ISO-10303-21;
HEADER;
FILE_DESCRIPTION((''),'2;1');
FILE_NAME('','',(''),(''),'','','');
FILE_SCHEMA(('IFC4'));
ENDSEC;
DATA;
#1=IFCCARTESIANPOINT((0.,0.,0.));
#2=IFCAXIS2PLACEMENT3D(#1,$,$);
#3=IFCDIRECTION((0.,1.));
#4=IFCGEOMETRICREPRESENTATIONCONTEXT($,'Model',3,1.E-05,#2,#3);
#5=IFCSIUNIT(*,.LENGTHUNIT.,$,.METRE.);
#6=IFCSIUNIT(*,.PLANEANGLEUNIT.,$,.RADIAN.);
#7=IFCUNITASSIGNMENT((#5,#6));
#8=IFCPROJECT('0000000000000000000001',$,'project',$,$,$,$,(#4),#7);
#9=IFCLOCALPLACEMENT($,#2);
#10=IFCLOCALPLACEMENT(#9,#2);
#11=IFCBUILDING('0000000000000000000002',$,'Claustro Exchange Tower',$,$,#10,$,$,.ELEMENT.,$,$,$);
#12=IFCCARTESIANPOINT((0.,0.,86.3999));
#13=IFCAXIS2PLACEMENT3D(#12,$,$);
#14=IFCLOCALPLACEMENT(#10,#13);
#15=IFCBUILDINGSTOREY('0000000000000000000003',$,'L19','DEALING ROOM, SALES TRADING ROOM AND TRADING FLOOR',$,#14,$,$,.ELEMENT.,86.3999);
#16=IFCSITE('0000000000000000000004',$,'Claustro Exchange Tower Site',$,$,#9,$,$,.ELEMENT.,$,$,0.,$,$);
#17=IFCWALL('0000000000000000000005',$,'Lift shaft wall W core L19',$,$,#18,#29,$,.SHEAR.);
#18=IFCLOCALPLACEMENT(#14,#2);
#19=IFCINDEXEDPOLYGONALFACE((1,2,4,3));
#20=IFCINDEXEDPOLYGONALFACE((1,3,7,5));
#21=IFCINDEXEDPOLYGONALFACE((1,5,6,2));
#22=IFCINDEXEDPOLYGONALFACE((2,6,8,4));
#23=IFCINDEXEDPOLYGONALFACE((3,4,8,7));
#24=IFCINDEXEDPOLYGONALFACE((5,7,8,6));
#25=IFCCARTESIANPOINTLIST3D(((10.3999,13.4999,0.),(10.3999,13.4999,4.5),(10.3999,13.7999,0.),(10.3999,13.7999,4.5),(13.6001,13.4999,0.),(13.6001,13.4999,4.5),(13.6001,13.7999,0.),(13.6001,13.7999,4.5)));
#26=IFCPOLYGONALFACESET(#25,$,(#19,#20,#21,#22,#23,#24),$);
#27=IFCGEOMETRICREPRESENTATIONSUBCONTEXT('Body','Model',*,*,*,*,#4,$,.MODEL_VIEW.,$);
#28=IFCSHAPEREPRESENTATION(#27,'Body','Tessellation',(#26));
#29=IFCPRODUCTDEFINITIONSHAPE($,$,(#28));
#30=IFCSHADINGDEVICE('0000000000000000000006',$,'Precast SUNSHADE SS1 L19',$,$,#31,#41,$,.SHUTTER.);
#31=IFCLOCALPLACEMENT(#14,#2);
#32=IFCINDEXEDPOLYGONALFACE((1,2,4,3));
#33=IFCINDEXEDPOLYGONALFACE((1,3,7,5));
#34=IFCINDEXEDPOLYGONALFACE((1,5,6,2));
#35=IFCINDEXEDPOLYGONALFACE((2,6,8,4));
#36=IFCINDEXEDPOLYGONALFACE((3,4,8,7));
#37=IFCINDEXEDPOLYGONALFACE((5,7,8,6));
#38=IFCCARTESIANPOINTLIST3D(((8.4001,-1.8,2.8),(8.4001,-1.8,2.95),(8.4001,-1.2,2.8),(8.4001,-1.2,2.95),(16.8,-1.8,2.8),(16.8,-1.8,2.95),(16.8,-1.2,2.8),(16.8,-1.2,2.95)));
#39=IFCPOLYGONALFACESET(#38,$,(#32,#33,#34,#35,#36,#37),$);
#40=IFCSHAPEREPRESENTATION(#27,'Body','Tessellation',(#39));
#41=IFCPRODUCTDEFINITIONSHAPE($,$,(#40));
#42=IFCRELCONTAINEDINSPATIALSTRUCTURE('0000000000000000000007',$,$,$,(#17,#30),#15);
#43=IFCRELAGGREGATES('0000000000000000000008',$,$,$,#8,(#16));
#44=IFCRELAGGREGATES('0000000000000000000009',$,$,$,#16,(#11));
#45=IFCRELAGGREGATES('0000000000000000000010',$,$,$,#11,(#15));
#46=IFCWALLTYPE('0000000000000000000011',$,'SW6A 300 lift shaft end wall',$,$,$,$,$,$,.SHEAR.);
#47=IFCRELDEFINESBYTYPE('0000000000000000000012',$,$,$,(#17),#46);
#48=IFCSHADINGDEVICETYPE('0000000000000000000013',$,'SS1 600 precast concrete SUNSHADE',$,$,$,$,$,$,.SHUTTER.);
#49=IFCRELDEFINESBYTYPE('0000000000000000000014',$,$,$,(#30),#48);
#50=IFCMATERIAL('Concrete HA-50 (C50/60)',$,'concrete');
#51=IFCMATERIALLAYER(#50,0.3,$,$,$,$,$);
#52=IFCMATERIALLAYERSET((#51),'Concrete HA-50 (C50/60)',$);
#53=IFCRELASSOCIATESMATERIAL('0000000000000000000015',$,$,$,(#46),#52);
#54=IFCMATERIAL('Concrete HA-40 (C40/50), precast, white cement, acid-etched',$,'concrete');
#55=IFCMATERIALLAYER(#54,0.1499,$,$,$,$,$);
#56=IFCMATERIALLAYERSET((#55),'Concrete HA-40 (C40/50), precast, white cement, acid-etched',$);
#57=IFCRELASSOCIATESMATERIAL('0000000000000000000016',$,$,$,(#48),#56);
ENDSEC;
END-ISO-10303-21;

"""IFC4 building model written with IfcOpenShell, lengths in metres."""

from ifc_helpers import new_model, si_unit, direction, frame, frame_2d, origin, origin_2d, place, context, subcontext, project, spatial, rectangle, extrude, material, layer, layer_set, type_object, element, save


model = new_model("IFC4")

# Units and contexts
model_context = context("Model", 3, precision=1e-05, world=origin(), true_north=direction((0.0, 1.0)))
body_context = subcontext(model_context, "Body", "Model", "MODEL_VIEW")
ifc_project = project(units=[si_unit("LENGTHUNIT", "METRE"), si_unit("PLANEANGLEUNIT", "RADIAN")], contexts=[model_context])

# Site, building, storey
site_placement = place(None, origin())
site = spatial("IfcSite", under=ifc_project, at=site_placement, Name="Claustro Exchange Tower Site", CompositionType="ELEMENT", RefElevation=0.0)
building_placement = place(site_placement, origin())
building = spatial("IfcBuilding", under=site, at=building_placement, Name="Claustro Exchange Tower", CompositionType="ELEMENT")
storey_placement = place(building_placement, frame((0.0, 0.0, 86.3999)))
storey = spatial("IfcBuildingStorey", under=building, at=storey_placement, Name="L19", Description="DEALING ROOM, SALES TRADING ROOM AND TRADING FLOOR", CompositionType="ELEMENT", Elevation=86.3999)

# Wall
ifc_material_1 = material(Name="Concrete HA-50 (C50/60)", Category="concrete")
ifc_layer_1 = layer(ifc_material_1, 0.3)
ifc_layer_set_1 = layer_set([ifc_layer_1], Name="Concrete HA-50 (C50/60)")
wall_type_1 = type_object("IfcWallType", Name="SW6A 300 lift shaft end wall", PredefinedType="SHEAR", material=ifc_layer_set_1)
wall_1_placement = place(storey_placement, frame((10.3999, 13.6499, 0.0), z_axis=(0.0, 0.0, 1.0), x_axis=(1.0, 0.0, 0.0)))
element("IfcWall", 1, at=wall_1_placement, inside=storey, type_object=wall_type_1, Name="Lift shaft wall W core L19", PredefinedType="SHEAR", context=body_context, shape_type="SweptSolid", body=[
    extrude(rectangle(XDim=3.2002, YDim=0.3, at=frame_2d((1.6001, 0.0))), origin(), (0.0, 0.0, 1.0), 4.5),
])

# Shading device
ifc_material_2 = material(Name="Concrete HA-40 (C40/50), precast, white cement, acid-etched", Category="concrete")
ifc_layer_2 = layer(ifc_material_2, 0.1499)
ifc_layer_set_2 = layer_set([ifc_layer_2], Name="Concrete HA-40 (C40/50), precast, white cement, acid-etched")
shading_device_type = type_object("IfcShadingDeviceType", Name="SS1 600 precast concrete SUNSHADE", PredefinedType="SHUTTER", material=ifc_layer_set_2)
shading_device_placement = place(storey_placement, frame((12.6001, -1.5, 2.8), z_axis=(0.0, 0.0, 1.0), x_axis=(-1.0, 0.0, 0.0)))
element("IfcShadingDevice", 2, at=shading_device_placement, inside=storey, type_object=shading_device_type, Name="Precast SUNSHADE SS1 L19", PredefinedType="SHUTTER", context=body_context, shape_type="SweptSolid", body=[
    extrude(rectangle(XDim=8.3999, YDim=0.6001, at=origin_2d()), origin(), (0.0, 0.0, 1.0), 0.1499),
])

save(model, "model.ifc")
